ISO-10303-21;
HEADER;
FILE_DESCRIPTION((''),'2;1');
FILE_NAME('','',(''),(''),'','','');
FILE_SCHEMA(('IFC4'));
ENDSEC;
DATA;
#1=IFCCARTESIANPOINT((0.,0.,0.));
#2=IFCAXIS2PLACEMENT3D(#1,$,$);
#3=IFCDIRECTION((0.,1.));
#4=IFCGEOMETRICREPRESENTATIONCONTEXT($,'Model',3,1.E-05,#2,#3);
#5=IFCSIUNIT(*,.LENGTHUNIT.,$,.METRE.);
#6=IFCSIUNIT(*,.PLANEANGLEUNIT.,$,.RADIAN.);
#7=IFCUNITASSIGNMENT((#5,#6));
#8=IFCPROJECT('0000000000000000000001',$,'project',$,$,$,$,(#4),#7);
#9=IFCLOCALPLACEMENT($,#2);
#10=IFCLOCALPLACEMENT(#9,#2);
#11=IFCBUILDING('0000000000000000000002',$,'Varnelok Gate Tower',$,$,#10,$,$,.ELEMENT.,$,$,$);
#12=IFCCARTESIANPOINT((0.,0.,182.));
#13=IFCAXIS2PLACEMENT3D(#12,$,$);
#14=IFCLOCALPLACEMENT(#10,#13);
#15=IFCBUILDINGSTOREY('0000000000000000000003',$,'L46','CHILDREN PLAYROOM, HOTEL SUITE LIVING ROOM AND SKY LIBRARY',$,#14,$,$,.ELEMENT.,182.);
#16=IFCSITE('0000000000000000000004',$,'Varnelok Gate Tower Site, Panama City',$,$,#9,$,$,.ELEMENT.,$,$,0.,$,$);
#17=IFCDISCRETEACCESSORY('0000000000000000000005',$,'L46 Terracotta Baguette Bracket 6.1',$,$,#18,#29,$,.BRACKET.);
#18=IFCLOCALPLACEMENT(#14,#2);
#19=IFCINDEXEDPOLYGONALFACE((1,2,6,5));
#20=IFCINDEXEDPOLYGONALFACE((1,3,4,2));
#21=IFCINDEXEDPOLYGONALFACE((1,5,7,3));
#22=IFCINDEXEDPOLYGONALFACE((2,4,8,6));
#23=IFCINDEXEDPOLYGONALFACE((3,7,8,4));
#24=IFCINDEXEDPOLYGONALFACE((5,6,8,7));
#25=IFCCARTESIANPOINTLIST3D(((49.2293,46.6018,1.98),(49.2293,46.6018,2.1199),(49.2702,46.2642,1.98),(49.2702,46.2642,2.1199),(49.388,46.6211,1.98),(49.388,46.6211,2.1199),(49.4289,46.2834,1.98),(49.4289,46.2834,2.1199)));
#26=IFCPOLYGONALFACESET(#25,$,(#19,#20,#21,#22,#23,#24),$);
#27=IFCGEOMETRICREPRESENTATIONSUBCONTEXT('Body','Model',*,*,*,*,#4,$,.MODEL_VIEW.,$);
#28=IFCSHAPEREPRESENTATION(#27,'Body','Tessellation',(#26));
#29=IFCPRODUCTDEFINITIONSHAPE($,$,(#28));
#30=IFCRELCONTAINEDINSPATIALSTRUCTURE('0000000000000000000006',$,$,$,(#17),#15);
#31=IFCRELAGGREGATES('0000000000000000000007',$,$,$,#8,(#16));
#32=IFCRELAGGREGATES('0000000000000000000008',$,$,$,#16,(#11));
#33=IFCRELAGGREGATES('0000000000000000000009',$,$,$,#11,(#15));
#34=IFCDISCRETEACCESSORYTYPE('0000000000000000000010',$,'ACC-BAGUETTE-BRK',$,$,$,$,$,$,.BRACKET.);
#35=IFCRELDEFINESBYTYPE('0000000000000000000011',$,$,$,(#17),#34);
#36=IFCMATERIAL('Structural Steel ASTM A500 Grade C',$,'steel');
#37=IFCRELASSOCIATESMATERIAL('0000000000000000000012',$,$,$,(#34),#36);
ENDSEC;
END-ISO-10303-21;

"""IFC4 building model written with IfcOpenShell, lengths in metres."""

from ifc_helpers import new_model, si_unit, direction, frame, origin, origin_2d, place, context, subcontext, project, spatial, rectangle, extrude, source, transform, mapped, material, type_object, element, save


model = new_model("IFC4")

# Units and contexts
model_context = context("Model", 3, precision=1e-05, world=origin(), true_north=direction((0.0, 1.0)))
body_context = subcontext(model_context, "Body", "Model", "MODEL_VIEW")
ifc_project = project(units=[si_unit("LENGTHUNIT", "METRE"), si_unit("PLANEANGLEUNIT", "RADIAN")], contexts=[model_context])

# Site, building, storey
site_placement = place(None, origin())
site = spatial("IfcSite", under=ifc_project, at=site_placement, Name="Varnelok Gate Tower Site, Panama City", CompositionType="ELEMENT", RefElevation=0.0)
building_placement = place(site_placement, origin())
building = spatial("IfcBuilding", under=site, at=building_placement, Name="Varnelok Gate Tower", CompositionType="ELEMENT")
storey_placement = place(building_placement, frame((0.0, 0.0, 182.0)))
storey = spatial("IfcBuildingStorey", under=building, at=storey_placement, Name="L46", Description="CHILDREN PLAYROOM, HOTEL SUITE LIVING ROOM AND SKY LIBRARY", CompositionType="ELEMENT", Elevation=182.0)

# Discrete accessory
ifc_material_1 = material(Name="Structural Steel ASTM A500 Grade C", Category="steel")
discrete_accessory_type = type_object("IfcDiscreteAccessoryType", Name="ACC-BAGUETTE-BRK", PredefinedType="BRACKET", material=ifc_material_1)
shared_shape_1 = source(origin(), body_context, "Body", "SweptSolid", [
    extrude(rectangle(XDim=0.1599, YDim=0.3401, at=origin_2d()), origin(), (0.0, 0.0, 1.0), 0.1399),
])
discrete_accessory_placement = place(storey_placement, frame((49.3291, 46.4426, 1.98), z_axis=(0.0, 0.0, 1.0), x_axis=(0.992732, 0.120345, 0.0)))
element("IfcDiscreteAccessory", 1, at=discrete_accessory_placement, inside=storey, type_object=discrete_accessory_type, Name="L46 Terracotta Baguette Bracket 6.1", PredefinedType="BRACKET", context=body_context, shape_type="MappedRepresentation", body=[
    mapped(shared_shape_1, transform((0.0, 0.0, 0.0), scale=1.0)),
])

save(model, "model.ifc")
